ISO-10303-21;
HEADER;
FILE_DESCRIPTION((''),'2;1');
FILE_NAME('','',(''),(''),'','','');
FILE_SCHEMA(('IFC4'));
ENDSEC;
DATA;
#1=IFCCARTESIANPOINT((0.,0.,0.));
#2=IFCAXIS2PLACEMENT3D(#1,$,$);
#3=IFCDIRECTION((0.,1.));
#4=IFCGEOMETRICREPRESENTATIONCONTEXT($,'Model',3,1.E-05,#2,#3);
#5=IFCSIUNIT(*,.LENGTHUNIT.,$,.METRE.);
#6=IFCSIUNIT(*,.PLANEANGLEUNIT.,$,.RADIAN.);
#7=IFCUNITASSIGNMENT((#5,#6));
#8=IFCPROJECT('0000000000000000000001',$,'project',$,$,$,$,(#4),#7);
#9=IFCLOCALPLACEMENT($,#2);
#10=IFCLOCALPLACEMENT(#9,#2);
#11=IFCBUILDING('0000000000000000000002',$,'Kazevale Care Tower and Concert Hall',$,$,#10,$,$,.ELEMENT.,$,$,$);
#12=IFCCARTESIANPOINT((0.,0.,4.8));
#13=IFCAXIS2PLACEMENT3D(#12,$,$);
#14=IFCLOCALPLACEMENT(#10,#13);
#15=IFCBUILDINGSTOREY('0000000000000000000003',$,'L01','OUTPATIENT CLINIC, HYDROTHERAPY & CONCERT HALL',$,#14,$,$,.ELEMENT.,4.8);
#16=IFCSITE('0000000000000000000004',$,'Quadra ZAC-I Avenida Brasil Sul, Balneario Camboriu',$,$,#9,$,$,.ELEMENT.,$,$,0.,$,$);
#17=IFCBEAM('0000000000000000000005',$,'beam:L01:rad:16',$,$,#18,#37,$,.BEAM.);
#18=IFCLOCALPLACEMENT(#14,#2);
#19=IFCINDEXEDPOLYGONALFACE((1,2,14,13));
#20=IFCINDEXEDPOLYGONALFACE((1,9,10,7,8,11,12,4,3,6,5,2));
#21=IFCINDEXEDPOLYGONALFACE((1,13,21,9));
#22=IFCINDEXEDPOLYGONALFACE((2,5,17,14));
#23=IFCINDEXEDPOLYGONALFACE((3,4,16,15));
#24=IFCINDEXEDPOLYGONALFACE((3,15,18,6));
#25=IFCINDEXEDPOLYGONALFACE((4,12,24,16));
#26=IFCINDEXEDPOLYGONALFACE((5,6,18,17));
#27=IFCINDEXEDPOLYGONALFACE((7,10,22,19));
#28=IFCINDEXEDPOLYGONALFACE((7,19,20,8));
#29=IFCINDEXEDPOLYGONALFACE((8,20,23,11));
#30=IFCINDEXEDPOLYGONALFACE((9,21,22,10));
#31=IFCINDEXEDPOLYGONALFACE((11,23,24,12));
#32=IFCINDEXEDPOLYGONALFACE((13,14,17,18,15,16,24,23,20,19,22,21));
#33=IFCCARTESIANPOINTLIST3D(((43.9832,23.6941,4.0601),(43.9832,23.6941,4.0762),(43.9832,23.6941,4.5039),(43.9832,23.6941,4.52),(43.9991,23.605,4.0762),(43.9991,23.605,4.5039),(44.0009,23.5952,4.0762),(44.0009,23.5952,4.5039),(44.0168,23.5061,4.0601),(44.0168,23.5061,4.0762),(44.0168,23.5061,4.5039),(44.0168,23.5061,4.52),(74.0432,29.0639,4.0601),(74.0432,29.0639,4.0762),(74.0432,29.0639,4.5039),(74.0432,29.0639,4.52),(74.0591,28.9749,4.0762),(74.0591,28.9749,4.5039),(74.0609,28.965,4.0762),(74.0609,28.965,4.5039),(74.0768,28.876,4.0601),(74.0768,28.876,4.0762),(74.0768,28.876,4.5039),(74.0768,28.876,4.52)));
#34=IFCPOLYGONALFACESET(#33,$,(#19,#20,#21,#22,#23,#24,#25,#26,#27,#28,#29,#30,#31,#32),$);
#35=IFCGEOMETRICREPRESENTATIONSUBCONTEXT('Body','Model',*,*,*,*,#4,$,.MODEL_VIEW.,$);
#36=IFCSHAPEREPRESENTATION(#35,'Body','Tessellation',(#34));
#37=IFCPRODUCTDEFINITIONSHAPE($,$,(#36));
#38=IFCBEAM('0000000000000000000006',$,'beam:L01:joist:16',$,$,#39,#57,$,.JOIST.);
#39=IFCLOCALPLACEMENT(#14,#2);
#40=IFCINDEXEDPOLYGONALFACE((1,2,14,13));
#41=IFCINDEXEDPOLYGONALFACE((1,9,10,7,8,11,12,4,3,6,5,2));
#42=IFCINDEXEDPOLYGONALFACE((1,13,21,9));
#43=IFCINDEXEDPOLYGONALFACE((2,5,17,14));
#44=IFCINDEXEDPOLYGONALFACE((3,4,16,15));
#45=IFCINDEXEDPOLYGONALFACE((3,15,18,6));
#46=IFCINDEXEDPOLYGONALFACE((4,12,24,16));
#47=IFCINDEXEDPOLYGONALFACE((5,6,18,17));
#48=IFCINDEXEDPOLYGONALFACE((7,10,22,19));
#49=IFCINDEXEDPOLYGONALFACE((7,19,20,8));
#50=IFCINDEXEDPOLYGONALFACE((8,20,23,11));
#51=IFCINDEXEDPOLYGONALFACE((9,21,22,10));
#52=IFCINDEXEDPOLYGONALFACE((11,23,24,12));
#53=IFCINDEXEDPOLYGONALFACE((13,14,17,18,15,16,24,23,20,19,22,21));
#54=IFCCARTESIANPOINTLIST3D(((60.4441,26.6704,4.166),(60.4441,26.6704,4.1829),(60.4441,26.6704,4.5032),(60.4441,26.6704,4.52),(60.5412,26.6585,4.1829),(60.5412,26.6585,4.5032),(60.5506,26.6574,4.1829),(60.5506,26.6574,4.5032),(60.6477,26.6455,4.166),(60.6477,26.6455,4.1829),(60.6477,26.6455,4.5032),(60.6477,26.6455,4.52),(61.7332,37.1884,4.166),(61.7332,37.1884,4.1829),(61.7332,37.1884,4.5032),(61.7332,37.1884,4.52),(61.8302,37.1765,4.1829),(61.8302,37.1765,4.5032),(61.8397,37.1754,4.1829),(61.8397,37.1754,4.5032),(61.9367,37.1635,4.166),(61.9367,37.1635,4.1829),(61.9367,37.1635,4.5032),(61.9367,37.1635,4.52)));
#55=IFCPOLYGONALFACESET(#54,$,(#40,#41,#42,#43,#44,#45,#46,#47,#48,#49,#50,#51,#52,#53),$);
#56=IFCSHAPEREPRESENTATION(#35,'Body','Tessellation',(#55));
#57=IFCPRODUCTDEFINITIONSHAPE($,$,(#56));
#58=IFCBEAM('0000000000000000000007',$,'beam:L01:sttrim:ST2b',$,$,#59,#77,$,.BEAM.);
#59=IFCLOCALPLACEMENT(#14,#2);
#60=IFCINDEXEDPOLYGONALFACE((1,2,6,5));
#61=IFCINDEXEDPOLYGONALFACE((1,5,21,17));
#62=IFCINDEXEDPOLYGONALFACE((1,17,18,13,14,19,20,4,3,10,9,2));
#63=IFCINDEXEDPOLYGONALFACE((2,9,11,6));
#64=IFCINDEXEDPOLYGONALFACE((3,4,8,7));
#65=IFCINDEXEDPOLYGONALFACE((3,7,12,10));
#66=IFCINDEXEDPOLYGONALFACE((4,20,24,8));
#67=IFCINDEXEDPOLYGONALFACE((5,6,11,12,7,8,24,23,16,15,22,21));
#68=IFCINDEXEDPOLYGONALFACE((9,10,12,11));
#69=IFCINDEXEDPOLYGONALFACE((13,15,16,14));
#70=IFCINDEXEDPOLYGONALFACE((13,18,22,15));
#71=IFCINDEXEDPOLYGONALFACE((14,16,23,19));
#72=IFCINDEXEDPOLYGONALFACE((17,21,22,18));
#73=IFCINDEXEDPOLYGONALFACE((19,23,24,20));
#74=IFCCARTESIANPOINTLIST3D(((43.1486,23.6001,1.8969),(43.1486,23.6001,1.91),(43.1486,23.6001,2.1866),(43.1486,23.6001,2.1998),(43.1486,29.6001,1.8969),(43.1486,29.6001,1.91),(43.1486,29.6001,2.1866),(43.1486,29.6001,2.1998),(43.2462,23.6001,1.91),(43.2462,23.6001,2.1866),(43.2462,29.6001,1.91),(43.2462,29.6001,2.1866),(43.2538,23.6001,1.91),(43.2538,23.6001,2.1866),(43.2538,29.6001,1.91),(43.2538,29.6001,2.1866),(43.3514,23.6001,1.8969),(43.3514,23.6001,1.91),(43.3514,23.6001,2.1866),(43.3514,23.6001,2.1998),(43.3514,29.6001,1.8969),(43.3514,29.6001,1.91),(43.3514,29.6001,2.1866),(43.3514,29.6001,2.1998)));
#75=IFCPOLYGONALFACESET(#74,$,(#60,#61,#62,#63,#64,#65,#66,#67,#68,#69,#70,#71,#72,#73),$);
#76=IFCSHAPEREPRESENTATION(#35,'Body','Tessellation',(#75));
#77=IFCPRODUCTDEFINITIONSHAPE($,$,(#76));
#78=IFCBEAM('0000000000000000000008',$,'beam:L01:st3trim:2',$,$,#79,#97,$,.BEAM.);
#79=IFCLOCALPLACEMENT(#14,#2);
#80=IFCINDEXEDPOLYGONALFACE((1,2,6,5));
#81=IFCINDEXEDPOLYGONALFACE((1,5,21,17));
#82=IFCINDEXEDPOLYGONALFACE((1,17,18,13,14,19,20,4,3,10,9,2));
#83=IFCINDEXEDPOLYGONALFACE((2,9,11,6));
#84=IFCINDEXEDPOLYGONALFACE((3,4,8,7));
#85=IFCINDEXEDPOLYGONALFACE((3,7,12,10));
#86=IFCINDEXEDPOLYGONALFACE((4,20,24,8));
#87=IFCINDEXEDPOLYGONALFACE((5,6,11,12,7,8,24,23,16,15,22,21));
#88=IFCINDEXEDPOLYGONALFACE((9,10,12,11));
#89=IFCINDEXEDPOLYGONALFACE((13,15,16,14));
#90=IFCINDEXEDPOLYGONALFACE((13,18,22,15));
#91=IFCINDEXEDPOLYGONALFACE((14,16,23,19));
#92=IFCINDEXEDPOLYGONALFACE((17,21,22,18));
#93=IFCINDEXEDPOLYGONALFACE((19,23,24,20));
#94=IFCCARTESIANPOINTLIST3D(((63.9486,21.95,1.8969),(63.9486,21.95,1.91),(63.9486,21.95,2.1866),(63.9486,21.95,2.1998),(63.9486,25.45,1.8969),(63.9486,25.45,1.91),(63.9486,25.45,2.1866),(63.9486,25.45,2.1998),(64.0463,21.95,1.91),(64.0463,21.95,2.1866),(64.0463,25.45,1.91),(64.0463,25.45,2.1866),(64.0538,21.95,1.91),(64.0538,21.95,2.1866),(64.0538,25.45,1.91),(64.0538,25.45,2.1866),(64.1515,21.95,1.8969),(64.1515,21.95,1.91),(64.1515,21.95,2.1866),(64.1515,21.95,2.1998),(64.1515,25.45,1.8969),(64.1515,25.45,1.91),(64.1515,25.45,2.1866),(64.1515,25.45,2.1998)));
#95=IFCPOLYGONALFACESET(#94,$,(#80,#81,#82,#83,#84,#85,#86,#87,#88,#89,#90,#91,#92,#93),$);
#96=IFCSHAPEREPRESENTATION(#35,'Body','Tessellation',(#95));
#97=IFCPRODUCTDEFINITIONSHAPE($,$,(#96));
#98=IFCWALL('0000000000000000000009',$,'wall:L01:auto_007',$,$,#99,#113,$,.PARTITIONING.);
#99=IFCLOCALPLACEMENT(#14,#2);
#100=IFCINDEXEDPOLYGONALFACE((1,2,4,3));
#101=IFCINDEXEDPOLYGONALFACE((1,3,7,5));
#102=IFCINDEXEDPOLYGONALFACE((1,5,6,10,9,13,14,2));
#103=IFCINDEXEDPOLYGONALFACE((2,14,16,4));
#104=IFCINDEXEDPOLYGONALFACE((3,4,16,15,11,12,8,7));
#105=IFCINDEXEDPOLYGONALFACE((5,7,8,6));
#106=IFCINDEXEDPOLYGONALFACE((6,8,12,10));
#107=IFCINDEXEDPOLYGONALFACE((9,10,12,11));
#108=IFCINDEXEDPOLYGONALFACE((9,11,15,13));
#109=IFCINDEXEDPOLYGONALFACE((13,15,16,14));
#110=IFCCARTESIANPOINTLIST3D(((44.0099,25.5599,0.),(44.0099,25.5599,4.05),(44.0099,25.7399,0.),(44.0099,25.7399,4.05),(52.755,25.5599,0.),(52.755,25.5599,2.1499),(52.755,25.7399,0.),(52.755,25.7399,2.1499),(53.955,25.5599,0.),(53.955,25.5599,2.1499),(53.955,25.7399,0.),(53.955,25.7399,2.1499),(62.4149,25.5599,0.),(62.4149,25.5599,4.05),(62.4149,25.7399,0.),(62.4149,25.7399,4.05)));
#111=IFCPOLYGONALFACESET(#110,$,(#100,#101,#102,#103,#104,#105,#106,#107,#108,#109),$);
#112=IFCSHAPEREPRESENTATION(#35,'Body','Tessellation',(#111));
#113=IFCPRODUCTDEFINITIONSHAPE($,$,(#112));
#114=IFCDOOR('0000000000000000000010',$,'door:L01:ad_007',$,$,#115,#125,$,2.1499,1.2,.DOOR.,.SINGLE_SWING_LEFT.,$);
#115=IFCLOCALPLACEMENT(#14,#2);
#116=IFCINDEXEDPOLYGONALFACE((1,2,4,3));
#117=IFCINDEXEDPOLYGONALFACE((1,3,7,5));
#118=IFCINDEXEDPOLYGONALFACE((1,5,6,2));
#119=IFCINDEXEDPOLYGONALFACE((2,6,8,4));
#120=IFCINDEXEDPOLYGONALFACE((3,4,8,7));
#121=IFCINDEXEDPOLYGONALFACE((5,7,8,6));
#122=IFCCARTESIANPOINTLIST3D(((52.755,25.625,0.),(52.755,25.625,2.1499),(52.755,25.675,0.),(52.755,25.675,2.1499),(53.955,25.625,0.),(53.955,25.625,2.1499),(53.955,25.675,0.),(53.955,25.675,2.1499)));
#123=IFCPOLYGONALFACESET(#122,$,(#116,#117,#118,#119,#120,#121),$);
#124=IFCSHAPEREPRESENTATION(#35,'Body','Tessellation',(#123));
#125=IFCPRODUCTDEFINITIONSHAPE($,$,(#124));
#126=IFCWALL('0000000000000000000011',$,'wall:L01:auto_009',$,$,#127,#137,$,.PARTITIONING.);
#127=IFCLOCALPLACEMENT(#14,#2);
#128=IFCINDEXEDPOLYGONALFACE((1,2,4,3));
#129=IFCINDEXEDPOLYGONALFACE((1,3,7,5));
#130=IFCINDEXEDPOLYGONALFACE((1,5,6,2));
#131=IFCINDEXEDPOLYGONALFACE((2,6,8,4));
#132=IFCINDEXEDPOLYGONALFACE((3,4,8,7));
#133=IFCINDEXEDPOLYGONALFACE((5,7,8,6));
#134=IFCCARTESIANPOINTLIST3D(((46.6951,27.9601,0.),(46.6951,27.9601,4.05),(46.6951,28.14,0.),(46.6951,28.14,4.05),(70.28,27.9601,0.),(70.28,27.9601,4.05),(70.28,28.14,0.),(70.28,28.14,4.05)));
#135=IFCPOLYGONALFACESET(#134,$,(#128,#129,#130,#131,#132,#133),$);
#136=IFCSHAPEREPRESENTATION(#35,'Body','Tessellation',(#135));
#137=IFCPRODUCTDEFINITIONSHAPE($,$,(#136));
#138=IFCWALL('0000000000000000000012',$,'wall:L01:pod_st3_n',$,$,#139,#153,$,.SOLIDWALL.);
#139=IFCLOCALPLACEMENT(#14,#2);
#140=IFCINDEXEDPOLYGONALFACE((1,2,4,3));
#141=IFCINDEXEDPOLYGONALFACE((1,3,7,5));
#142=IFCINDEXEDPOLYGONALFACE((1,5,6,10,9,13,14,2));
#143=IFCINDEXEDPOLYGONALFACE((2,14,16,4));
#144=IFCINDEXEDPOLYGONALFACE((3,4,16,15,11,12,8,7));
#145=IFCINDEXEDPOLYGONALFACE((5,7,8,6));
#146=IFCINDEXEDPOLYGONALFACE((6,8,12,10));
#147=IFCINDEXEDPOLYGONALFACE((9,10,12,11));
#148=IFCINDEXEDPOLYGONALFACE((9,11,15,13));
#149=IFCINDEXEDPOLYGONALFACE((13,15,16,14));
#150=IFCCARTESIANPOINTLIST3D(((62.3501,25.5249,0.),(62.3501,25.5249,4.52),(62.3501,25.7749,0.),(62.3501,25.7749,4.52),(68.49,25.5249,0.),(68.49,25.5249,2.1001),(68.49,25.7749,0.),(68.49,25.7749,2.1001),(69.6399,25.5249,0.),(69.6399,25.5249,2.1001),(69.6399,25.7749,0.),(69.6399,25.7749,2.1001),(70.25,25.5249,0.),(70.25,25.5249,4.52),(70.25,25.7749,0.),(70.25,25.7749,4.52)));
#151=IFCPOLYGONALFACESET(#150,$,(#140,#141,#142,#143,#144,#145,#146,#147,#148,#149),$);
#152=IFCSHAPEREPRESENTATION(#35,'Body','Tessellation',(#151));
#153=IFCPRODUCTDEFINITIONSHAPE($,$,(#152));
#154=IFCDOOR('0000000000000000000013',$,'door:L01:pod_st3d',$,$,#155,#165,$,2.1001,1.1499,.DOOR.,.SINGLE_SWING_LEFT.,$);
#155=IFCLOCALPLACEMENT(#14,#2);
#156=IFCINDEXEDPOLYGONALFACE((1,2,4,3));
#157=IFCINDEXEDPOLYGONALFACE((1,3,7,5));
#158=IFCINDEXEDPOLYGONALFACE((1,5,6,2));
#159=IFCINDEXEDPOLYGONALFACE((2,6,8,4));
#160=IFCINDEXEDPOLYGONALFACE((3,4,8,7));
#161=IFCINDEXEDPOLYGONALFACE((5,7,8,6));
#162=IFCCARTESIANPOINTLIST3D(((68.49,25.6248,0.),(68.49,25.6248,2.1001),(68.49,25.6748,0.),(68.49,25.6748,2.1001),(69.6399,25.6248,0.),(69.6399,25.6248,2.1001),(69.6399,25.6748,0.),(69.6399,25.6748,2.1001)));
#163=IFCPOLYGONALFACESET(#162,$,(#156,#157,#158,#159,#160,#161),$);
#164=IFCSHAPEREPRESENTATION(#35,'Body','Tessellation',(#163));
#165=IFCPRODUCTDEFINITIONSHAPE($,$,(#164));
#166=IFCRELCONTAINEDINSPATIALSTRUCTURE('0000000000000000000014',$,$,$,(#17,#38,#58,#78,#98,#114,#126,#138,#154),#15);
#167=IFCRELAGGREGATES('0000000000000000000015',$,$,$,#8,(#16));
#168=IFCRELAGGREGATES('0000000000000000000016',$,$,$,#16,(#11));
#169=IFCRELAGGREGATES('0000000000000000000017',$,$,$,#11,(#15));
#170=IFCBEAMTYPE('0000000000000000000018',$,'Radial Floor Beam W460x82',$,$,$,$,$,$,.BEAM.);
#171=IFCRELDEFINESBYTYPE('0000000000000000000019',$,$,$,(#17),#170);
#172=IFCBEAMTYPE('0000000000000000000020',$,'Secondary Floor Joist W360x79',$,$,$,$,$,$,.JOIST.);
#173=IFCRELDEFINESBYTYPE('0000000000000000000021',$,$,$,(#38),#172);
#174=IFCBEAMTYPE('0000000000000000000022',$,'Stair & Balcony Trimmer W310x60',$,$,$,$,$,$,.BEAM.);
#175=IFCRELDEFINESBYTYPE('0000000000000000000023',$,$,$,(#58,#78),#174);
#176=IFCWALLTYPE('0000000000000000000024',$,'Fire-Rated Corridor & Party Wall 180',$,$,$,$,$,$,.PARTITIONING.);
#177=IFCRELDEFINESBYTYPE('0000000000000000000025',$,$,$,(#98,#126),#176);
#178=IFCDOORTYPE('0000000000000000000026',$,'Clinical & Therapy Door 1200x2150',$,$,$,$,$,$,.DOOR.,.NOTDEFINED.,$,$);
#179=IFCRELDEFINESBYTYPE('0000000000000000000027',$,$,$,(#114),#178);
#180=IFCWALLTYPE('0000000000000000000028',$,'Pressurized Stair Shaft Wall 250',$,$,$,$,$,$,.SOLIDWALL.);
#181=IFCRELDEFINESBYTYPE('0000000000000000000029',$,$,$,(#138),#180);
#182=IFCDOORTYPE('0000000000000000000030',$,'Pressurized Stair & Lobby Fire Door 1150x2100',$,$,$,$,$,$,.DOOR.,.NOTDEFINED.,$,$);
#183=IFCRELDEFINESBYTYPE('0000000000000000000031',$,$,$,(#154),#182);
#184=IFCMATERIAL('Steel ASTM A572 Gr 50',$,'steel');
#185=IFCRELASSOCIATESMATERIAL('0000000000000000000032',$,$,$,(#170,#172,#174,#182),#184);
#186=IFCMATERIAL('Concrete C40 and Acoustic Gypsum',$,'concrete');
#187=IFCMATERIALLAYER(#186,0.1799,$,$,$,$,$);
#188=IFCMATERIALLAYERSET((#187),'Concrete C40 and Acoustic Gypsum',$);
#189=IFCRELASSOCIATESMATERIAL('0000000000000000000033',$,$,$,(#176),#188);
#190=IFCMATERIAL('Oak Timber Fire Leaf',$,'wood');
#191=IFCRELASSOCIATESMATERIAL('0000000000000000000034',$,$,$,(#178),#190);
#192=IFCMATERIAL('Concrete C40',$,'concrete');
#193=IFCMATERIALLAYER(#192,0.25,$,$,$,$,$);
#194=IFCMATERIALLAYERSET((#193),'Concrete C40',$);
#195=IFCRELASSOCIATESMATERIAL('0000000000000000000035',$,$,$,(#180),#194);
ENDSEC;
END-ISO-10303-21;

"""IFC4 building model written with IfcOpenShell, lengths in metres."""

from ifc_helpers import new_model, si_unit, direction, frame, frame_2d, origin, origin_2d, place, context, subcontext, project, spatial, rectangle, i_section, extrude, material, layer, layer_set, material_profile, profile_set, type_object, element, fill, save


model = new_model("IFC4")

# Units and contexts
model_context = context("Model", 3, precision=1e-05, world=origin(), true_north=direction((0.0, 1.0)))
body_context = subcontext(model_context, "Body", "Model", "MODEL_VIEW")
ifc_project = project(units=[si_unit("LENGTHUNIT", "METRE"), si_unit("PLANEANGLEUNIT", "RADIAN")], contexts=[model_context])

# Site, building, storey
site_placement = place(None, origin())
site = spatial("IfcSite", under=ifc_project, at=site_placement, Name="Quadra ZAC-I Avenida Brasil Sul, Balneario Camboriu", CompositionType="ELEMENT", RefElevation=0.0)
building_placement = place(site_placement, origin())
building = spatial("IfcBuilding", under=site, at=building_placement, Name="Kazevale Care Tower and Concert Hall", CompositionType="ELEMENT")
storey_placement = place(building_placement, frame((0.0, 0.0, 4.8)))
storey = spatial("IfcBuildingStorey", under=building, at=storey_placement, Name="L01", Description="OUTPATIENT CLINIC, HYDROTHERAPY & CONCERT HALL", CompositionType="ELEMENT", Elevation=4.8)

# Beams
ifc_material_1 = material(Name="Steel ASTM A572 Gr 50", Category="steel")
ifc_material_profile_1 = material_profile(ifc_material_1, i_section(OverallWidth=0.1909, OverallDepth=0.46, WebThickness=0.01, FlangeThickness=0.0161, at=origin_2d()), Name="W460x82")
ifc_profile_set_1 = profile_set([ifc_material_profile_1], Name="Steel ASTM A572 Gr 50")
beam_type_1 = type_object("IfcBeamType", Name="Radial Floor Beam W460x82", PredefinedType="BEAM", material=ifc_profile_set_1)
beam_1_placement = place(storey_placement, frame((44.0, 23.6001, 4.29), z_axis=(0.984416, 0.175854, 0.0), x_axis=(-0.175854, 0.984416, 0.0)))
element("IfcBeam", 1, at=beam_1_placement, inside=storey, type_object=beam_type_1, Name="beam:L01:rad:16", PredefinedType="BEAM", context=body_context, shape_type="SweptSolid", body=[
    extrude(i_section(OverallWidth=0.1909, OverallDepth=0.46, WebThickness=0.01, FlangeThickness=0.0161, at=origin_2d()), origin(), (0.0, 0.0, 1.0), 30.5359),
])
ifc_material_profile_2 = material_profile(ifc_material_1, i_section(OverallWidth=0.2051, OverallDepth=0.354, WebThickness=0.0095, FlangeThickness=0.0168, at=origin_2d()), Name="W360x79")
ifc_profile_set_2 = profile_set([ifc_material_profile_2], Name="Steel ASTM A572 Gr 50")
beam_type_2 = type_object("IfcBeamType", Name="Secondary Floor Joist W360x79", PredefinedType="JOIST", material=ifc_profile_set_2)
beam_2_placement = place(storey_placement, frame((60.5459, 26.658, 4.343), z_axis=(0.121647, 0.992573, 0.0), x_axis=(-0.992573, 0.121647, 0.0)))
element("IfcBeam", 2, at=beam_2_placement, inside=storey, type_object=beam_type_2, Name="beam:L01:joist:16", PredefinedType="JOIST", context=body_context, shape_type="SweptSolid", body=[
    extrude(i_section(OverallWidth=0.2051, OverallDepth=0.354, WebThickness=0.0095, FlangeThickness=0.0168, at=origin_2d()), origin(), (0.0, 0.0, 1.0), 10.5967),
])
ifc_material_profile_3 = material_profile(ifc_material_1, i_section(OverallWidth=0.2029, OverallDepth=0.303, WebThickness=0.0076, FlangeThickness=0.0132, at=origin_2d()), Name="W310x60")
ifc_profile_set_3 = profile_set([ifc_material_profile_3], Name="Steel ASTM A572 Gr 50")
beam_type_3 = type_object("IfcBeamType", Name="Stair & Balcony Trimmer W310x60", PredefinedType="BEAM", material=ifc_profile_set_3)
beam_3_placement = place(storey_placement, frame((43.25, 23.6001, 2.0483), z_axis=(0.0, 1.0, 0.0), x_axis=(-1.0, 0.0, 0.0)))
element("IfcBeam", 3, at=beam_3_placement, inside=storey, type_object=beam_type_3, Name="beam:L01:sttrim:ST2b", PredefinedType="BEAM", context=body_context, shape_type="SweptSolid", body=[
    extrude(i_section(OverallWidth=0.2029, OverallDepth=0.303, WebThickness=0.0076, FlangeThickness=0.0132, at=origin_2d()), origin(), (0.0, 0.0, 1.0), 6.0),
])
beam_4_placement = place(storey_placement, frame((64.05, 21.95, 2.0483), z_axis=(0.0, 1.0, 0.0), x_axis=(-1.0, 0.0, 0.0)))
element("IfcBeam", 4, at=beam_4_placement, inside=storey, type_object=beam_type_3, Name="beam:L01:st3trim:2", PredefinedType="BEAM", context=body_context, shape_type="SweptSolid", body=[
    extrude(i_section(OverallWidth=0.2029, OverallDepth=0.303, WebThickness=0.0076, FlangeThickness=0.0132, at=origin_2d()), origin(), (0.0, 0.0, 1.0), 3.5),
])

# Wall, opening, door
ifc_material_2 = material(Name="Oak Timber Fire Leaf", Category="wood")
ifc_material_3 = material(Name="Concrete C40 and Acoustic Gypsum", Category="concrete")
ifc_layer_1 = layer(ifc_material_3, 0.1799)
ifc_layer_set_1 = layer_set([ifc_layer_1], Name="Concrete C40 and Acoustic Gypsum")
wall_type_1 = type_object("IfcWallType", Name="Fire-Rated Corridor & Party Wall 180", PredefinedType="PARTITIONING", material=ifc_layer_set_1)
wall_1_placement = place(storey_placement, frame((62.415, 25.6499, 0.0), z_axis=(0.0, 0.0, 1.0), x_axis=(-1.0, 0.0, 0.0)))
wall_1 = element("IfcWall", 5, at=wall_1_placement, inside=storey, type_object=wall_type_1, Name="wall:L01:auto_007", PredefinedType="PARTITIONING", context=body_context, shape_type="SweptSolid", body=[
    extrude(rectangle(XDim=18.405, YDim=0.1799, at=frame_2d((9.2026, 0.0))), origin(), (0.0, 0.0, 1.0), 4.05),
])
opening_1_placement = place(wall_1_placement, frame((8.46, 0.0, 0.0)))
opening_1 = element("IfcOpeningElement", 6, at=opening_1_placement, cuts=wall_1, PredefinedType="OPENING", context=body_context, shape_type="SweptSolid", body=[
    extrude(rectangle(XDim=1.2, YDim=2.1499, at=frame_2d((0.6001, 1.075))), frame((0.0, 0.0999, 0.0), z_axis=(0.0, -1.0, 0.0), x_axis=(1.0, 0.0, 0.0)), (0.0, 0.0, 1.0), 0.2),
])
door_type_1 = type_object("IfcDoorType", Name="Clinical & Therapy Door 1200x2150", OperationType="NOTDEFINED", PredefinedType="DOOR", material=ifc_material_2)
door_1_placement = place(opening_1_placement, origin())
door_1 = element("IfcDoor", 7, at=door_1_placement, inside=storey, type_object=door_type_1, Name="door:L01:ad_007", OperationType="SINGLE_SWING_LEFT", OverallHeight=2.1499, OverallWidth=1.2, PredefinedType="DOOR", context=body_context, shape_type="SweptSolid", body=[
    extrude(rectangle(XDim=1.2, YDim=2.1499, at=frame_2d((0.6001, 1.075))), frame((0.0, 0.0249, 0.0), z_axis=(0.0, -1.0, 0.0), x_axis=(1.0, 0.0, 0.0)), (0.0, 0.0, 1.0), 0.05),
])
fill(opening_1, door_1)

# Wall
wall_2_placement = place(storey_placement, frame((46.6951, 28.05, 0.0), z_axis=(0.0, 0.0, 1.0), x_axis=(1.0, 0.0, 0.0)))
element("IfcWall", 8, at=wall_2_placement, inside=storey, type_object=wall_type_1, Name="wall:L01:auto_009", PredefinedType="PARTITIONING", context=body_context, shape_type="SweptSolid", body=[
    extrude(rectangle(XDim=23.585, YDim=0.1799, at=frame_2d((11.7925, 0.0))), origin(), (0.0, 0.0, 1.0), 4.05),
])

# Wall, opening, door
ifc_material_4 = material(Name="Concrete C40", Category="concrete")
ifc_layer_2 = layer(ifc_material_4, 0.25)
ifc_layer_set_2 = layer_set([ifc_layer_2], Name="Concrete C40")
wall_type_2 = type_object("IfcWallType", Name="Pressurized Stair Shaft Wall 250", PredefinedType="SOLIDWALL", material=ifc_layer_set_2)
wall_3_placement = place(storey_placement, frame((62.3501, 25.6499, 0.0), z_axis=(0.0, 0.0, 1.0), x_axis=(1.0, 0.0, 0.0)))
wall_3 = element("IfcWall", 9, at=wall_3_placement, inside=storey, type_object=wall_type_2, Name="wall:L01:pod_st3_n", PredefinedType="SOLIDWALL", context=body_context, shape_type="SweptSolid", body=[
    extrude(rectangle(XDim=7.8999, YDim=0.25, at=frame_2d((3.95, 0.0))), origin(), (0.0, 0.0, 1.0), 4.52),
])
opening_2_placement = place(wall_3_placement, frame((6.1399, 0.0, 0.0)))
opening_2 = element("IfcOpeningElement", 10, at=opening_2_placement, cuts=wall_3, PredefinedType="OPENING", context=body_context, shape_type="SweptSolid", body=[
    extrude(rectangle(XDim=1.1499, YDim=2.1001, at=frame_2d((0.575, 1.05))), frame((0.0, 0.135, 0.0), z_axis=(0.0, -1.0, 0.0), x_axis=(1.0, 0.0, 0.0)), (0.0, 0.0, 1.0), 0.27),
])
door_type_2 = type_object("IfcDoorType", Name="Pressurized Stair & Lobby Fire Door 1150x2100", OperationType="NOTDEFINED", PredefinedType="DOOR", material=ifc_material_1)
door_2_placement = place(opening_2_placement, origin())
door_2 = element("IfcDoor", 11, at=door_2_placement, inside=storey, type_object=door_type_2, Name="door:L01:pod_st3d", OperationType="SINGLE_SWING_LEFT", OverallHeight=2.1001, OverallWidth=1.1499, PredefinedType="DOOR", context=body_context, shape_type="SweptSolid", body=[
    extrude(rectangle(XDim=1.1499, YDim=2.1001, at=frame_2d((0.575, 1.05))), frame((0.0, 0.0249, 0.0), z_axis=(0.0, -1.0, 0.0), x_axis=(1.0, 0.0, 0.0)), (0.0, 0.0, 1.0), 0.05),
])
fill(opening_2, door_2)

save(model, "model.ifc")
